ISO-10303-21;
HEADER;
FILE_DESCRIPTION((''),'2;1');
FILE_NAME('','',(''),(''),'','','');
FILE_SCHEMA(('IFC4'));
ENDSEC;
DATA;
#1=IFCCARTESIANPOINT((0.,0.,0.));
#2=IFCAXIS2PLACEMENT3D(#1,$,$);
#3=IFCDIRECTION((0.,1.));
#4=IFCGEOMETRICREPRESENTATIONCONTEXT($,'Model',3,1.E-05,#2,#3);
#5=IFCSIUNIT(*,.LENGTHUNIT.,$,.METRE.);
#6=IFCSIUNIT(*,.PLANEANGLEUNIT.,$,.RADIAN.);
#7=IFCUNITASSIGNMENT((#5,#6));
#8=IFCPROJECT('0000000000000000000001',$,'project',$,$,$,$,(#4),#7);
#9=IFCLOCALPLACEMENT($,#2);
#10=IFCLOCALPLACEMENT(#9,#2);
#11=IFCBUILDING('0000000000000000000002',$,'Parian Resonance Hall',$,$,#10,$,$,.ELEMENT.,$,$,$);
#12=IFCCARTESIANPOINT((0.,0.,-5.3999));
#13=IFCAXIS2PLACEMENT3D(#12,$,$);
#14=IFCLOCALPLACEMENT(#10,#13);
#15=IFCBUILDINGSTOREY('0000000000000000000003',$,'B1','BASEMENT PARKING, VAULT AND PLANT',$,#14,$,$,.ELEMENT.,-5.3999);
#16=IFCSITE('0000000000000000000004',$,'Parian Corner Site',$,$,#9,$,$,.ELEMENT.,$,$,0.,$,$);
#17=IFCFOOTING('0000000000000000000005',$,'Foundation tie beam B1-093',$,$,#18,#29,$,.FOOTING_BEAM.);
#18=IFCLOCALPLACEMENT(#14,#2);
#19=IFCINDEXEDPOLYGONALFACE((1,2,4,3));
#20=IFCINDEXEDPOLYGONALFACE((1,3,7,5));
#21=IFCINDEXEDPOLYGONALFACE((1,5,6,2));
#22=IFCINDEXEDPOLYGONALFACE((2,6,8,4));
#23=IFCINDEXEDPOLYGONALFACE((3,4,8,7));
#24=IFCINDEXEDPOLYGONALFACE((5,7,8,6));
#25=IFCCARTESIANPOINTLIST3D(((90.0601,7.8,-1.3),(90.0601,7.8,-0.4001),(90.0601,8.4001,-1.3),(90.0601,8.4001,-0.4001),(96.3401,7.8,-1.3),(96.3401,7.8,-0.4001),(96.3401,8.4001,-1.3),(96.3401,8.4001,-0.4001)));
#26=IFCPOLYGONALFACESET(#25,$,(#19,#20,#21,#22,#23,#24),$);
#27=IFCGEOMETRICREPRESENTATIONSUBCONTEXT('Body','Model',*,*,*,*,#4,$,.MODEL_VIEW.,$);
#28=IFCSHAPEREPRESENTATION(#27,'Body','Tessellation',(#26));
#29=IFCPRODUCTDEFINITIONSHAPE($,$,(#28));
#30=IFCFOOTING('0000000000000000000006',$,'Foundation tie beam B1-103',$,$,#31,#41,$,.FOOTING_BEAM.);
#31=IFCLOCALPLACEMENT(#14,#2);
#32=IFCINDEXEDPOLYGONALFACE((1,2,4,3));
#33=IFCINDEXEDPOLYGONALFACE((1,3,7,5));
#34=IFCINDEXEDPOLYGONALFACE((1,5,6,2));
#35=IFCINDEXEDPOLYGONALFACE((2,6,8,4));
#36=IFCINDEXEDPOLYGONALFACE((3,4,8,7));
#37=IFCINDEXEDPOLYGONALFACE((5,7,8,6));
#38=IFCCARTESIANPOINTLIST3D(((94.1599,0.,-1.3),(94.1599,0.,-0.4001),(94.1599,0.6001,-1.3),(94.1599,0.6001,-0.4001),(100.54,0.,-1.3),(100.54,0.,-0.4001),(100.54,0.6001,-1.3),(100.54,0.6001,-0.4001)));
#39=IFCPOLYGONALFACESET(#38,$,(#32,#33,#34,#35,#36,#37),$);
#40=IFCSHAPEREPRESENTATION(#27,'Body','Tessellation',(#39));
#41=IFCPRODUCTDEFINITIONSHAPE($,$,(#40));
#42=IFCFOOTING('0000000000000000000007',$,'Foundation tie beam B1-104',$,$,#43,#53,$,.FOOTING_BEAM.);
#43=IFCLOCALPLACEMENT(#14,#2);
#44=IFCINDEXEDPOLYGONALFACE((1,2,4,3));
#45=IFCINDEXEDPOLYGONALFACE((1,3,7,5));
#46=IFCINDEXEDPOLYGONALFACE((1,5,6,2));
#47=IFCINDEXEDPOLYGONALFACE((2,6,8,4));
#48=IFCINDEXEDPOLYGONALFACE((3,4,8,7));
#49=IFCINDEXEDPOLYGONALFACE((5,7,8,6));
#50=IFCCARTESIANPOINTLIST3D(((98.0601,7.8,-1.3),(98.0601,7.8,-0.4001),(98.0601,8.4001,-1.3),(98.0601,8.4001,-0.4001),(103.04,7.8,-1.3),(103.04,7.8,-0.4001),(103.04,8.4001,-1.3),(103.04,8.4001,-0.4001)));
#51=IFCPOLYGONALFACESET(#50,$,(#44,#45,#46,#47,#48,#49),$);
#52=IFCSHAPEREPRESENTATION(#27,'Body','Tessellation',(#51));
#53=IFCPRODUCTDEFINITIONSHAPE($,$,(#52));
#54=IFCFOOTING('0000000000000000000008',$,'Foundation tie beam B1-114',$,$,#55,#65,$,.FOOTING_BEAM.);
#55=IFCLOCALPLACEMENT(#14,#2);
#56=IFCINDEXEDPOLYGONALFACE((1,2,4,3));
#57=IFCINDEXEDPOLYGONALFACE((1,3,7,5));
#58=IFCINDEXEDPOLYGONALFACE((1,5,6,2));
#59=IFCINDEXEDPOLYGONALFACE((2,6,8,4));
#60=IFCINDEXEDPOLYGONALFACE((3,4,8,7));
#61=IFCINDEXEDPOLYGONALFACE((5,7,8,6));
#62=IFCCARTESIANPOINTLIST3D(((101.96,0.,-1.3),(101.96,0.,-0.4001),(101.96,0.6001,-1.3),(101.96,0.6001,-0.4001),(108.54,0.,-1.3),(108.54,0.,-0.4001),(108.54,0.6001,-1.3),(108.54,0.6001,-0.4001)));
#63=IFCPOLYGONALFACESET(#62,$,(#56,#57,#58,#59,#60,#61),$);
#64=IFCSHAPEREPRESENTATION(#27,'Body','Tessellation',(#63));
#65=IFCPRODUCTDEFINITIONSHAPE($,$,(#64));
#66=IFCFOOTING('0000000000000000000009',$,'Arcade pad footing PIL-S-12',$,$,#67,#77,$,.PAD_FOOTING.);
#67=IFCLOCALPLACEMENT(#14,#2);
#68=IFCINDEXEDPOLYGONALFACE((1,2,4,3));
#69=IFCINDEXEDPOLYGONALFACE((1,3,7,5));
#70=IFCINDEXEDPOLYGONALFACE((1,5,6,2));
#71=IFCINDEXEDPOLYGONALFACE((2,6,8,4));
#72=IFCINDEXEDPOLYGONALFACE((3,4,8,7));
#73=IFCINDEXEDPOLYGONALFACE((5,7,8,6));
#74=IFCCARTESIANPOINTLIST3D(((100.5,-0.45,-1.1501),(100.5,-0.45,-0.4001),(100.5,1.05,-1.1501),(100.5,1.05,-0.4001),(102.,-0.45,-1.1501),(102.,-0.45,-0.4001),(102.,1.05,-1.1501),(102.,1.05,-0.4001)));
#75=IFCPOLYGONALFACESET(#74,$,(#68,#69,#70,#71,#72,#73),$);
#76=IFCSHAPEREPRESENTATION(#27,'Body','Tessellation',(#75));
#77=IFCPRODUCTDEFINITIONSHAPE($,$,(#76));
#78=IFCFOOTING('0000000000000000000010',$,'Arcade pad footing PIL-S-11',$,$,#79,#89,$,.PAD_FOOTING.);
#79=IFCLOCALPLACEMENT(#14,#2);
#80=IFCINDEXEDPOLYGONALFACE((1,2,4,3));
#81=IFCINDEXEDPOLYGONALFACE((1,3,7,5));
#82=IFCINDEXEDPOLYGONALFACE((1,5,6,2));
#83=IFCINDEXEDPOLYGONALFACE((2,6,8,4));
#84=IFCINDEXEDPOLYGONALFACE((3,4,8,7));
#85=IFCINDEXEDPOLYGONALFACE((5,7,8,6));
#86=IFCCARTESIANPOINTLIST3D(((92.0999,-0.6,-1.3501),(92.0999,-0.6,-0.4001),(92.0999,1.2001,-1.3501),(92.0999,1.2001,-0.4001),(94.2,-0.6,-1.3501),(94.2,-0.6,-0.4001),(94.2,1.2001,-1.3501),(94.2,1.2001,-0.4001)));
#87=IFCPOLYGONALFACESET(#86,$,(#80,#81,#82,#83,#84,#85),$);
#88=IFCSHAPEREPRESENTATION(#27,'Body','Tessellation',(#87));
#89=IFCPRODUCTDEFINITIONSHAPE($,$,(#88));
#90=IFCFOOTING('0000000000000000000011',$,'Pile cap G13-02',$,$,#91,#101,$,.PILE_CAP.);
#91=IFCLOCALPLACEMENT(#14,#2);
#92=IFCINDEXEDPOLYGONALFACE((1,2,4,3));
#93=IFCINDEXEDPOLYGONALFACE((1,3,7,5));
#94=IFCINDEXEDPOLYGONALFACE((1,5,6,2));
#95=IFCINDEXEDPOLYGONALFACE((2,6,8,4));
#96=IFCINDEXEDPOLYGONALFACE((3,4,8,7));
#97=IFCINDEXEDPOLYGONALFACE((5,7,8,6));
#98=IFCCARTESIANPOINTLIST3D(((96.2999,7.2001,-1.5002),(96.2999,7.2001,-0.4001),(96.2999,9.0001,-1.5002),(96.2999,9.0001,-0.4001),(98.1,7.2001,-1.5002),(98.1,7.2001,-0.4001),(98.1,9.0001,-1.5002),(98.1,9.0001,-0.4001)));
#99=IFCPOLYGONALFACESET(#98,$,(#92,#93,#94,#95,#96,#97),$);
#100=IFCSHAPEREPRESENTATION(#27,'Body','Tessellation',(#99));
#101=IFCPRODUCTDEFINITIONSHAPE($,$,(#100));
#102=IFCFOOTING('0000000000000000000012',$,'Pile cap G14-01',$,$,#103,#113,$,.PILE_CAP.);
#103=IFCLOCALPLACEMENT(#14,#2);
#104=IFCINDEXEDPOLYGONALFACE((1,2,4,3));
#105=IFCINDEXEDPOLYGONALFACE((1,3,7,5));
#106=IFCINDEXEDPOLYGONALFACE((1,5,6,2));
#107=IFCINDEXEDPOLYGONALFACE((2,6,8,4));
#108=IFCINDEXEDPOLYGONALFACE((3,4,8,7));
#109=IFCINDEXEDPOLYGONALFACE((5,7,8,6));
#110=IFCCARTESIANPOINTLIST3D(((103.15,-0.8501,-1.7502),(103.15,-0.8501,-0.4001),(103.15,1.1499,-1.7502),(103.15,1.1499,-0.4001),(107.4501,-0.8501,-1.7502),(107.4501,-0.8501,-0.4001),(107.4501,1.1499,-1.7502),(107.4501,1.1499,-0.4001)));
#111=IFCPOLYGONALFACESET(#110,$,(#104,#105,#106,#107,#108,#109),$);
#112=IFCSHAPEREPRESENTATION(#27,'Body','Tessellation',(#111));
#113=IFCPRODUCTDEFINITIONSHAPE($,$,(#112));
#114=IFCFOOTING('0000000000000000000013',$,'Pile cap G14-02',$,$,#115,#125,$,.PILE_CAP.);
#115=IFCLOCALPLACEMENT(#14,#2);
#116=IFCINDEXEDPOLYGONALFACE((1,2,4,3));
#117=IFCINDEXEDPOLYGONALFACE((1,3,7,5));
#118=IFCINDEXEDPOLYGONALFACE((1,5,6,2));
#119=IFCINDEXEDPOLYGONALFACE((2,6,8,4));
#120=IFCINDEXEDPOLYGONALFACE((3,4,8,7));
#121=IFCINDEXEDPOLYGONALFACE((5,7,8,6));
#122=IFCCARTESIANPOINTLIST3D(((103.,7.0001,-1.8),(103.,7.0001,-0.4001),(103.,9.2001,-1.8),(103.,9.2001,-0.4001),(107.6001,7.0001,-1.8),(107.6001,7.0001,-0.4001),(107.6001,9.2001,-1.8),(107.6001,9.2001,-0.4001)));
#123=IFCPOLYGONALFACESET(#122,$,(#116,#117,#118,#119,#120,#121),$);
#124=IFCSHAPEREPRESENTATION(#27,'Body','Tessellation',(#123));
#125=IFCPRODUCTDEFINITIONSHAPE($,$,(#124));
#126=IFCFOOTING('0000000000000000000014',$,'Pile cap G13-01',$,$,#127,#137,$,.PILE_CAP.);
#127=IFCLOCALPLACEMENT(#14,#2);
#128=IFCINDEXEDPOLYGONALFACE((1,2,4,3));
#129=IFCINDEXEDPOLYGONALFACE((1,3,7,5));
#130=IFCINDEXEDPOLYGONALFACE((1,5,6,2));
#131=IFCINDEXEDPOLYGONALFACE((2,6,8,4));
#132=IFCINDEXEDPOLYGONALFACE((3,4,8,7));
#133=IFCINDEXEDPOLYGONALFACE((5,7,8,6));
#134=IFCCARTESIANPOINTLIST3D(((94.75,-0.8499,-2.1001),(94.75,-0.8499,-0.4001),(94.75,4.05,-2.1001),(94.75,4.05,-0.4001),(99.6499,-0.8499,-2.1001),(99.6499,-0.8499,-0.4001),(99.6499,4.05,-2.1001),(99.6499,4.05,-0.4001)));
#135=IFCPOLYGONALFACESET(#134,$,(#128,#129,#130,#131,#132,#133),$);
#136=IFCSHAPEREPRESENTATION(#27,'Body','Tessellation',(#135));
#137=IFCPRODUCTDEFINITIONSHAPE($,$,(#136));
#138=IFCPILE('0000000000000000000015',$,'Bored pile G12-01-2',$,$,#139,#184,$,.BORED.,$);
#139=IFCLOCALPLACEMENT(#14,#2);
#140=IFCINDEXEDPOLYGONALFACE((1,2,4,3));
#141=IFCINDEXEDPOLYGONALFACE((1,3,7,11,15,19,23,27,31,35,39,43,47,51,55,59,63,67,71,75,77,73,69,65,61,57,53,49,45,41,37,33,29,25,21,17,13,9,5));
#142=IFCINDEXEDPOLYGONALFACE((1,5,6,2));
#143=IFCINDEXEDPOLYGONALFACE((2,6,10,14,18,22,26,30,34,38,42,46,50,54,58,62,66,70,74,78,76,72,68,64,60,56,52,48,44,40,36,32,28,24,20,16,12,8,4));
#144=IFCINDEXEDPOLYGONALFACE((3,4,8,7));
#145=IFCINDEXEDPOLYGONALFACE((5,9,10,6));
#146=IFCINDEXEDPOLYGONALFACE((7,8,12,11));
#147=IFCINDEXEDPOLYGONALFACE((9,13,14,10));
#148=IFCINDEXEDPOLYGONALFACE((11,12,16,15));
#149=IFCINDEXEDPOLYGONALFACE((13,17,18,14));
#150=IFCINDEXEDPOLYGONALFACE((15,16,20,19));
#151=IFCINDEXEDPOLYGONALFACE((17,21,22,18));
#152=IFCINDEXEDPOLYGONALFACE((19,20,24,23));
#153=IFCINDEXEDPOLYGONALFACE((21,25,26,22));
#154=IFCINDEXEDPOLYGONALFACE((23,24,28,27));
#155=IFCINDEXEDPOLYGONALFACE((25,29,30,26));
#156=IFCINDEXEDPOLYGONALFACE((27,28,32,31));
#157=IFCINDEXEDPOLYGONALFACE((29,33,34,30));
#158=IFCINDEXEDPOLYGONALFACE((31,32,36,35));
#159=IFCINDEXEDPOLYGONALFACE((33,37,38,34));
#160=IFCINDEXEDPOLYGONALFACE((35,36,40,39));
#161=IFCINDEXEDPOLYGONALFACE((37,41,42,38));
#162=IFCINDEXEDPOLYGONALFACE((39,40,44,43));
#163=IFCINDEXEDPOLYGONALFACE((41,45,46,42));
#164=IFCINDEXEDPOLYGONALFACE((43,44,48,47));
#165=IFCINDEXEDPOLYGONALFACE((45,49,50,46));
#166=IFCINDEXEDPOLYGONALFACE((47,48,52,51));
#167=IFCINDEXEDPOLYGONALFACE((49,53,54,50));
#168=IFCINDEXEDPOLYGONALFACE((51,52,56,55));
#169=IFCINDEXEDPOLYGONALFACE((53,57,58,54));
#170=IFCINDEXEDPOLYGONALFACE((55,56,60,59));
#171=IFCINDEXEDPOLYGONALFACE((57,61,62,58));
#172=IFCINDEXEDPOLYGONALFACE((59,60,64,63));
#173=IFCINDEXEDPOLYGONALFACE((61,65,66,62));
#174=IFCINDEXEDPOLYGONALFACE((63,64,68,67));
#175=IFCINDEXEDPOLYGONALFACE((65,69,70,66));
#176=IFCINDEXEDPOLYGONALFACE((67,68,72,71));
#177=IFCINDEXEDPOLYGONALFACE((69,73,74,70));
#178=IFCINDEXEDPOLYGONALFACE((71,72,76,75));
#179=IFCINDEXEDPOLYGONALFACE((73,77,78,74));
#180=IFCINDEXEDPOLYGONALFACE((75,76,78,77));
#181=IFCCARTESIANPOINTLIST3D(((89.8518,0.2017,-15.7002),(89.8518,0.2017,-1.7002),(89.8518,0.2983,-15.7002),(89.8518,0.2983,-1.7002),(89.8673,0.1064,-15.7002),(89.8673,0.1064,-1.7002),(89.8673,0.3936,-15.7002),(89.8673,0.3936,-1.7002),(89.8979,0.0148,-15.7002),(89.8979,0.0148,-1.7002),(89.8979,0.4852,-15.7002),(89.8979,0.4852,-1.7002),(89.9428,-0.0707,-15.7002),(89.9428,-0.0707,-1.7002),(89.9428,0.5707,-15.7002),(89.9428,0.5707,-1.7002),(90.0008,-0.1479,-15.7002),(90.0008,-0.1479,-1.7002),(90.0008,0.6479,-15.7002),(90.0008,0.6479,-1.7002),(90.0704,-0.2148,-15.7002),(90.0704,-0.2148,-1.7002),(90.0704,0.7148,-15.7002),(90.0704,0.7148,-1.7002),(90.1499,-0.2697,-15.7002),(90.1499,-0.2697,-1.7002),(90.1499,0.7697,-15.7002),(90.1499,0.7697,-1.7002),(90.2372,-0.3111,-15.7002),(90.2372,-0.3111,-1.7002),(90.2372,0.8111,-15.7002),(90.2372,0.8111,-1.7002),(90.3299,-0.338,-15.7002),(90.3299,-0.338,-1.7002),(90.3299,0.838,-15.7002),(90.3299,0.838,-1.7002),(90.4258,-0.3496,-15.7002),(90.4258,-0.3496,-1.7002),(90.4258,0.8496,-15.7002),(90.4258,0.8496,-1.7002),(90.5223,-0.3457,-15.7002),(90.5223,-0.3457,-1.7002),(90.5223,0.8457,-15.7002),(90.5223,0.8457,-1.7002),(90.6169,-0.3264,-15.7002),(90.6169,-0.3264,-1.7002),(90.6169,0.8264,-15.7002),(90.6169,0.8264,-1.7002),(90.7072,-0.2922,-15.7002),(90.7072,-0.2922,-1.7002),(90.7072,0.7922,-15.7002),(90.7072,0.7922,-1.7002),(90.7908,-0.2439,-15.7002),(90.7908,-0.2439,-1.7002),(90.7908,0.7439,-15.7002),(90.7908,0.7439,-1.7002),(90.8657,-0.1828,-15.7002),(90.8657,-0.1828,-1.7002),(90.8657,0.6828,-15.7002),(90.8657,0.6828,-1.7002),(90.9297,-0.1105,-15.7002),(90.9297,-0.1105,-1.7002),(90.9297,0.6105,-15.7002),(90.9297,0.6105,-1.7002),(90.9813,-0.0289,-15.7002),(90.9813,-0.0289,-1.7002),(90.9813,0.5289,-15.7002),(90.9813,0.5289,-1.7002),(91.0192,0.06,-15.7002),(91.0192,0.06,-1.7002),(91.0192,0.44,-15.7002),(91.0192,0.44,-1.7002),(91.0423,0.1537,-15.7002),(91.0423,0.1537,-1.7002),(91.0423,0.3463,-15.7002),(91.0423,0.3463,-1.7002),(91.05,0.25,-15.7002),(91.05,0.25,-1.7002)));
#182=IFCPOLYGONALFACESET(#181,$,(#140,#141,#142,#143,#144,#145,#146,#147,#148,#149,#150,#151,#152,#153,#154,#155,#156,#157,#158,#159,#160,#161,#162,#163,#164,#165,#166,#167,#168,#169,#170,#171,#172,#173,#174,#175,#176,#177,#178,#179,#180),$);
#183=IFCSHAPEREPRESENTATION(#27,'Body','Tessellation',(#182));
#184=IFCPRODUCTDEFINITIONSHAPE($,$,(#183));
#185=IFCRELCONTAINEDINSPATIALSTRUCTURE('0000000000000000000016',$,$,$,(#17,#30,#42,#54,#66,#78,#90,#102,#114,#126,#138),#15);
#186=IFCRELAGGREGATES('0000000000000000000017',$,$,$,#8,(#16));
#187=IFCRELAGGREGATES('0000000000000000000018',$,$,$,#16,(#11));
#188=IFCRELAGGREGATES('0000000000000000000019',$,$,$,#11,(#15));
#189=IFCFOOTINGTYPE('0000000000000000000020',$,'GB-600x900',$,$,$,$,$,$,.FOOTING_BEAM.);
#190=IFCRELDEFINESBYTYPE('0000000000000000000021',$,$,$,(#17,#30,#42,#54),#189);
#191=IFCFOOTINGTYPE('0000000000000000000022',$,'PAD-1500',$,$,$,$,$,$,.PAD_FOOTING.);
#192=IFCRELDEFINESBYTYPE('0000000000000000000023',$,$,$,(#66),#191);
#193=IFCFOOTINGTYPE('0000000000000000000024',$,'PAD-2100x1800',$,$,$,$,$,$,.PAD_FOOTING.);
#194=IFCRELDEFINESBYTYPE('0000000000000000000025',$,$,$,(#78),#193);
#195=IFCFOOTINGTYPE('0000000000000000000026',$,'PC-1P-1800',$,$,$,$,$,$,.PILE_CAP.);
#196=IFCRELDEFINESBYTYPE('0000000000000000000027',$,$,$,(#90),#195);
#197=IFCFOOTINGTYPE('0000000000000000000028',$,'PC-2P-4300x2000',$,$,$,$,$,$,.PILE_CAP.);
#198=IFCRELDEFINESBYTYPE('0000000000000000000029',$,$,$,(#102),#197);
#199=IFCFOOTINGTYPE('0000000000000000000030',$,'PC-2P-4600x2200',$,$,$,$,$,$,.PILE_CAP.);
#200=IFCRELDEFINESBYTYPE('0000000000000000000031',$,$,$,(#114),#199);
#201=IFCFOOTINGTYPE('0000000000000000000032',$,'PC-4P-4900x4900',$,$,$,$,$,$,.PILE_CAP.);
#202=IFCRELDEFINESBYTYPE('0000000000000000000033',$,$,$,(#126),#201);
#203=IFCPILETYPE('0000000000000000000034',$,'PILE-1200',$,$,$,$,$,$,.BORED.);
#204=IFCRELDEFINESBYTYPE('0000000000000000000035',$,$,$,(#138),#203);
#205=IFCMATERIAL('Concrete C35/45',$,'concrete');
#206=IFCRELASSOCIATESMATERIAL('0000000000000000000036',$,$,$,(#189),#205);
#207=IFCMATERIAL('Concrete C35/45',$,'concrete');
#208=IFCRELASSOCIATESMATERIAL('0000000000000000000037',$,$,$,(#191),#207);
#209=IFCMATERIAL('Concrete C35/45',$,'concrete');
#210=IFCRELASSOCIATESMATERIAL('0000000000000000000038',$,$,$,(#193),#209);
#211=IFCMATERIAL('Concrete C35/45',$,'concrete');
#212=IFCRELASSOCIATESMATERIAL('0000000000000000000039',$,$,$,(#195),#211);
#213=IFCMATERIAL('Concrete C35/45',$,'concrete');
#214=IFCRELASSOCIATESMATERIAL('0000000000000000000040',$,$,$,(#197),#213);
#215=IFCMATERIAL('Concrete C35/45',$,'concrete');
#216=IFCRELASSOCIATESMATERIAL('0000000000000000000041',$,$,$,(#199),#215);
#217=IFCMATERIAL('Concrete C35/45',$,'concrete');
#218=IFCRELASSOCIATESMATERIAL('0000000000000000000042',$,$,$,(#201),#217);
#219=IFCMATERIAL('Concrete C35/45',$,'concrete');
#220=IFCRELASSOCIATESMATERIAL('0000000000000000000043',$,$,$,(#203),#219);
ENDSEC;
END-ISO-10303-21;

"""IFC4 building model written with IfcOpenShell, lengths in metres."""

from ifc_helpers import new_model, si_unit, direction, frame, origin, origin_2d, place, context, subcontext, project, spatial, rectangle, circle, extrude, material, material_profile, profile_set, type_object, element, save


model = new_model("IFC4")

# Units and contexts
model_context = context("Model", 3, precision=1e-05, world=origin(), true_north=direction((0.0, 1.0)))
body_context = subcontext(model_context, "Body", "Model", "MODEL_VIEW")
ifc_project = project(units=[si_unit("LENGTHUNIT", "METRE"), si_unit("PLANEANGLEUNIT", "RADIAN")], contexts=[model_context])

# Site, building, storey
site_placement = place(None, origin())
site = spatial("IfcSite", under=ifc_project, at=site_placement, Name="Parian Corner Site", CompositionType="ELEMENT", RefElevation=0.0)
building_placement = place(site_placement, origin())
building = spatial("IfcBuilding", under=site, at=building_placement, Name="Parian Resonance Hall", CompositionType="ELEMENT")
storey_placement = place(building_placement, frame((0.0, 0.0, -5.3999)))
storey = spatial("IfcBuildingStorey", under=building, at=storey_placement, Name="B1", Description="BASEMENT PARKING, VAULT AND PLANT", CompositionType="ELEMENT", Elevation=-5.3999)

# Footings
ifc_material_1 = material(Name="Concrete C35/45", Category="concrete")
ifc_material_profile_1 = material_profile(ifc_material_1, rectangle(XDim=0.6001, YDim=0.8999, at=origin_2d()), Name="RC-GB-600x900")
ifc_profile_set_1 = profile_set([ifc_material_profile_1], Name="Concrete C35/45")
footing_type_1 = type_object("IfcFootingType", Name="GB-600x900", PredefinedType="FOOTING_BEAM", material=ifc_profile_set_1)
footing_1_placement = place(storey_placement, frame((90.0601, 8.1001, -0.8501), z_axis=(1.0, 0.0, 0.0), x_axis=(0.0, 1.0, 0.0)))
element("IfcFooting", 1, at=footing_1_placement, inside=storey, type_object=footing_type_1, Name="Foundation tie beam B1-093", PredefinedType="FOOTING_BEAM", context=body_context, shape_type="SweptSolid", body=[
    extrude(rectangle(XDim=0.6001, YDim=0.8999, at=origin_2d()), origin(), (0.0, 0.0, 1.0), 6.28),
])
footing_2_placement = place(storey_placement, frame((94.1599, 0.3, -0.8501), z_axis=(1.0, 0.0, 0.0), x_axis=(0.0, 1.0, 0.0)))
element("IfcFooting", 2, at=footing_2_placement, inside=storey, type_object=footing_type_1, Name="Foundation tie beam B1-103", PredefinedType="FOOTING_BEAM", context=body_context, shape_type="SweptSolid", body=[
    extrude(rectangle(XDim=0.6001, YDim=0.8999, at=origin_2d()), origin(), (0.0, 0.0, 1.0), 6.3801),
])
footing_3_placement = place(storey_placement, frame((98.0601, 8.1001, -0.8501), z_axis=(1.0, 0.0, 0.0), x_axis=(0.0, 1.0, 0.0)))
element("IfcFooting", 3, at=footing_3_placement, inside=storey, type_object=footing_type_1, Name="Foundation tie beam B1-104", PredefinedType="FOOTING_BEAM", context=body_context, shape_type="SweptSolid", body=[
    extrude(rectangle(XDim=0.6001, YDim=0.8999, at=origin_2d()), origin(), (0.0, 0.0, 1.0), 4.98),
])
footing_4_placement = place(storey_placement, frame((101.96, 0.3, -0.8501), z_axis=(1.0, 0.0, 0.0), x_axis=(0.0, 1.0, 0.0)))
element("IfcFooting", 4, at=footing_4_placement, inside=storey, type_object=footing_type_1, Name="Foundation tie beam B1-114", PredefinedType="FOOTING_BEAM", context=body_context, shape_type="SweptSolid", body=[
    extrude(rectangle(XDim=0.6001, YDim=0.8999, at=origin_2d()), origin(), (0.0, 0.0, 1.0), 6.5801),
])
ifc_material_2 = material(Name="Concrete C35/45", Category="concrete")
footing_type_2 = type_object("IfcFootingType", Name="PAD-1500", PredefinedType="PAD_FOOTING", material=ifc_material_2)
footing_5_placement = place(storey_placement, frame((101.25, 0.3, -1.1501), z_axis=(0.0, 0.0, 1.0), x_axis=(1.0, 0.0, 0.0)))
element("IfcFooting", 5, at=footing_5_placement, inside=storey, type_object=footing_type_2, Name="Arcade pad footing PIL-S-12", PredefinedType="PAD_FOOTING", context=body_context, shape_type="SweptSolid", body=[
    extrude(rectangle(XDim=1.5, YDim=1.5, at=origin_2d()), origin(), (0.0, 0.0, 1.0), 0.75),
])
ifc_material_3 = material(Name="Concrete C35/45", Category="concrete")
footing_type_3 = type_object("IfcFootingType", Name="PAD-2100x1800", PredefinedType="PAD_FOOTING", material=ifc_material_3)
footing_6_placement = place(storey_placement, frame((93.1499, 0.3, -1.3501), z_axis=(0.0, 0.0, 1.0), x_axis=(1.0, 0.0, 0.0)))
element("IfcFooting", 6, at=footing_6_placement, inside=storey, type_object=footing_type_3, Name="Arcade pad footing PIL-S-11", PredefinedType="PAD_FOOTING", context=body_context, shape_type="SweptSolid", body=[
    extrude(rectangle(XDim=2.1001, YDim=1.8, at=origin_2d()), origin(), (0.0, 0.0, 1.0), 0.95),
])
ifc_material_4 = material(Name="Concrete C35/45", Category="concrete")
footing_type_4 = type_object("IfcFootingType", Name="PC-1P-1800", PredefinedType="PILE_CAP", material=ifc_material_4)
footing_7_placement = place(storey_placement, frame((97.2, 8.1001, -1.5002), z_axis=(0.0, 0.0, 1.0), x_axis=(1.0, 0.0, 0.0)))
element("IfcFooting", 7, at=footing_7_placement, inside=storey, type_object=footing_type_4, Name="Pile cap G13-02", PredefinedType="PILE_CAP", context=body_context, shape_type="SweptSolid", body=[
    extrude(rectangle(XDim=1.8, YDim=1.8, at=origin_2d()), origin(), (0.0, 0.0, 1.0), 1.1001),
])
ifc_material_5 = material(Name="Concrete C35/45", Category="concrete")
footing_type_5 = type_object("IfcFootingType", Name="PC-2P-4300x2000", PredefinedType="PILE_CAP", material=ifc_material_5)
footing_8_placement = place(storey_placement, frame((105.3, 0.1499, -1.7502), z_axis=(0.0, 0.0, 1.0), x_axis=(1.0, 0.0, 0.0)))
element("IfcFooting", 8, at=footing_8_placement, inside=storey, type_object=footing_type_5, Name="Pile cap G14-01", PredefinedType="PILE_CAP", context=body_context, shape_type="SweptSolid", body=[
    extrude(rectangle(XDim=4.3, YDim=2.0, at=origin_2d()), origin(), (0.0, 0.0, 1.0), 1.3501),
])
ifc_material_6 = material(Name="Concrete C35/45", Category="concrete")
footing_type_6 = type_object("IfcFootingType", Name="PC-2P-4600x2200", PredefinedType="PILE_CAP", material=ifc_material_6)
footing_9_placement = place(storey_placement, frame((105.3, 8.1001, -1.8), z_axis=(0.0, 0.0, 1.0), x_axis=(1.0, 0.0, 0.0)))
element("IfcFooting", 9, at=footing_9_placement, inside=storey, type_object=footing_type_6, Name="Pile cap G14-02", PredefinedType="PILE_CAP", context=body_context, shape_type="SweptSolid", body=[
    extrude(rectangle(XDim=4.6001, YDim=2.2, at=origin_2d()), origin(), (0.0, 0.0, 1.0), 1.3999),
])
ifc_material_7 = material(Name="Concrete C35/45", Category="concrete")
footing_type_7 = type_object("IfcFootingType", Name="PC-4P-4900x4900", PredefinedType="PILE_CAP", material=ifc_material_7)
footing_10_placement = place(storey_placement, frame((97.2, 1.6001, -2.1001), z_axis=(0.0, 0.0, 1.0), x_axis=(1.0, 0.0, 0.0)))
element("IfcFooting", 10, at=footing_10_placement, inside=storey, type_object=footing_type_7, Name="Pile cap G13-01", PredefinedType="PILE_CAP", context=body_context, shape_type="SweptSolid", body=[
    extrude(rectangle(XDim=4.8999, YDim=4.8999, at=origin_2d()), origin(), (0.0, 0.0, 1.0), 1.7),
])

# Pile
ifc_material_8 = material(Name="Concrete C35/45", Category="concrete")
ifc_material_profile_2 = material_profile(ifc_material_8, circle(Radius=0.6001, at=origin_2d()), Name="PILE-D1200")
ifc_profile_set_2 = profile_set([ifc_material_profile_2], Name="Concrete C35/45")
pile_type_1 = type_object("IfcPileType", Name="PILE-1200", PredefinedType="BORED", material=ifc_profile_set_2)
for number, where, z_axis, x_axis, name in (
    (11, (90.45, 0.25, -1.7002), (0.0, 0.0, -1.0), (1.0, 0.0, 0.0), "Bored pile G12-01-2"),
):
    element("IfcPile", number, at=place(storey_placement, frame(where, z_axis=z_axis, x_axis=x_axis)), inside=storey, type_object=pile_type_1, Name=name, PredefinedType="BORED", context=body_context, shape_type="SweptSolid", body=[
        extrude(circle(Radius=0.6001, at=origin_2d()), origin(), (0.0, 0.0, 1.0), 14.0),
    ])

save(model, "model.ifc")
